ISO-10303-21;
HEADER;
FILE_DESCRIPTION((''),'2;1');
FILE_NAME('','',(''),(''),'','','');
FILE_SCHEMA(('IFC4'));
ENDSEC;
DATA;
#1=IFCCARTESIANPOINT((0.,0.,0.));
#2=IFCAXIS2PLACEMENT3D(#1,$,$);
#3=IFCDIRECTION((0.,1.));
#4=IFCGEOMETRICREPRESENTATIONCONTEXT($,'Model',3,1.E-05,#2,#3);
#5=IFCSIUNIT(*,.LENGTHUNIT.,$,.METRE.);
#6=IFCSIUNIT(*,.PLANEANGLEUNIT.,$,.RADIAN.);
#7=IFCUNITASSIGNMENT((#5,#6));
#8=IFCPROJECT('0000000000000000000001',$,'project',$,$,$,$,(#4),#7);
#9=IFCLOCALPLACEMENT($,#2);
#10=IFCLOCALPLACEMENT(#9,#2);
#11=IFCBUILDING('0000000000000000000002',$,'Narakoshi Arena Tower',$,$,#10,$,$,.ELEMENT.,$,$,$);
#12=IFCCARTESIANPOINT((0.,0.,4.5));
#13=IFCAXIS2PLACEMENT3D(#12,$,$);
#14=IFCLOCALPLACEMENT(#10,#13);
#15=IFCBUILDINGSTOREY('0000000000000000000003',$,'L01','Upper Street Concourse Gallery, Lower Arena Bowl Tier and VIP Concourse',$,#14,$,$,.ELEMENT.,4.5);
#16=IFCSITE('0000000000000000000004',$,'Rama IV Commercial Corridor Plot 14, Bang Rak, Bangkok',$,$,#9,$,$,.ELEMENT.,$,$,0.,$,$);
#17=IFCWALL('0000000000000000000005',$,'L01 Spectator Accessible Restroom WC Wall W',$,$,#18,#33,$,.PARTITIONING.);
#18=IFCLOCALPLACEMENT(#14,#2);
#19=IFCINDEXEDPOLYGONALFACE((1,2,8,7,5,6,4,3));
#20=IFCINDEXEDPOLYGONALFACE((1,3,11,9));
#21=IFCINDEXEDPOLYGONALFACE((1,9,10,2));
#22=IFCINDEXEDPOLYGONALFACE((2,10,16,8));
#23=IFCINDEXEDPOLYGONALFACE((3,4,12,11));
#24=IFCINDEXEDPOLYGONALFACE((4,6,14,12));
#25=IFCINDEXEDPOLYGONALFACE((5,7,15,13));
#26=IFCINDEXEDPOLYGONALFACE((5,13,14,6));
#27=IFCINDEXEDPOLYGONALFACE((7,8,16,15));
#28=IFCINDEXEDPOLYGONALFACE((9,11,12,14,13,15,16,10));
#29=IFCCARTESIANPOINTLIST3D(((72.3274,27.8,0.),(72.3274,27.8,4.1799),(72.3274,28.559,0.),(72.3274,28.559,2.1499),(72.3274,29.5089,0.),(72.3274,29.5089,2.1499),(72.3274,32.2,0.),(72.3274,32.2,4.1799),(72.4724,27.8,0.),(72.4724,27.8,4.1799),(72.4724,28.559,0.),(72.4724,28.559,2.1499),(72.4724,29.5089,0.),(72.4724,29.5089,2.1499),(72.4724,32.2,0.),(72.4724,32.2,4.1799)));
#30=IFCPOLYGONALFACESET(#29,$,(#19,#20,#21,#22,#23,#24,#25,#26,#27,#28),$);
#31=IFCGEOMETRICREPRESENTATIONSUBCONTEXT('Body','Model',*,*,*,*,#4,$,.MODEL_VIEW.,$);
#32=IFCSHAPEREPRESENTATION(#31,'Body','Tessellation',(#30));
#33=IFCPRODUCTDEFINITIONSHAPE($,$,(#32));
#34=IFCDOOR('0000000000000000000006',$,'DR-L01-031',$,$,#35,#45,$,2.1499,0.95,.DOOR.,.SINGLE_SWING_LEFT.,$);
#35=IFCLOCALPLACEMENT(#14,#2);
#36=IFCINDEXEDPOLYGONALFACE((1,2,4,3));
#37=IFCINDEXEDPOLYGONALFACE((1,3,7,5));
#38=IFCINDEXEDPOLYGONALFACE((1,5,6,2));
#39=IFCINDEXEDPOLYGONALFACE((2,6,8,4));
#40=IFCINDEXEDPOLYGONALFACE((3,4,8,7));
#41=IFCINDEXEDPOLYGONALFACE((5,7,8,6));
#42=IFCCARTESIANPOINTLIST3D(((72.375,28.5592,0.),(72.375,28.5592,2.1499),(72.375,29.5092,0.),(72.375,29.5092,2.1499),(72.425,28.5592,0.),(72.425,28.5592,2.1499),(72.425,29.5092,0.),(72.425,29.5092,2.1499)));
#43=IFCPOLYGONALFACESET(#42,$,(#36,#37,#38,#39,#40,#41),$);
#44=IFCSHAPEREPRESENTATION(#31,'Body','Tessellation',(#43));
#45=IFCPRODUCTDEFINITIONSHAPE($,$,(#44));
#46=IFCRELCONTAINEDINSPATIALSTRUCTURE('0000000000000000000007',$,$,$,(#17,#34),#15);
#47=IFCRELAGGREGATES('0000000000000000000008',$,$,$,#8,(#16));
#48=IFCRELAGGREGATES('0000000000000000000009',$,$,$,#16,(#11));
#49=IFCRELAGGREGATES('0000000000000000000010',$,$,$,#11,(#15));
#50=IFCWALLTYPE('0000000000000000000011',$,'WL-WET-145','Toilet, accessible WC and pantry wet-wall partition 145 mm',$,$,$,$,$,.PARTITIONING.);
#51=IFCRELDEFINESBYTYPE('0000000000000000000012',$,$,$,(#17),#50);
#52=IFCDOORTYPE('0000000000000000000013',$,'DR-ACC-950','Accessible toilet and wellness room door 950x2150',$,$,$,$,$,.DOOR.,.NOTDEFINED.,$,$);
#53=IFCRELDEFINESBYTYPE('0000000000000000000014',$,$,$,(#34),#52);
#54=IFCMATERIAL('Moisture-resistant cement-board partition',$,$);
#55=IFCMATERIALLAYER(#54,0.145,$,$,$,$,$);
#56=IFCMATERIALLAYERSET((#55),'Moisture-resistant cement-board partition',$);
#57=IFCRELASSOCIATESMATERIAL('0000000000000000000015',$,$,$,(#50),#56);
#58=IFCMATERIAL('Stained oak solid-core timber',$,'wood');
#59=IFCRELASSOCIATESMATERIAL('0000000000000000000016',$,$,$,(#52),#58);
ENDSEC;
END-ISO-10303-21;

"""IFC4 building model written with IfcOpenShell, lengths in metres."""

from ifc_helpers import new_model, si_unit, direction, frame, frame_2d, origin, place, context, subcontext, project, spatial, rectangle, extrude, material, layer, layer_set, type_object, element, fill, save


model = new_model("IFC4")

# Units and contexts
model_context = context("Model", 3, precision=1e-05, world=origin(), true_north=direction((0.0, 1.0)))
body_context = subcontext(model_context, "Body", "Model", "MODEL_VIEW")
ifc_project = project(units=[si_unit("LENGTHUNIT", "METRE"), si_unit("PLANEANGLEUNIT", "RADIAN")], contexts=[model_context])

# Site, building, storey
site_placement = place(None, origin())
site = spatial("IfcSite", under=ifc_project, at=site_placement, Name="Rama IV Commercial Corridor Plot 14, Bang Rak, Bangkok", CompositionType="ELEMENT", RefElevation=0.0)
building_placement = place(site_placement, origin())
building = spatial("IfcBuilding", under=site, at=building_placement, Name="Narakoshi Arena Tower", CompositionType="ELEMENT")
storey_placement = place(building_placement, frame((0.0, 0.0, 4.5)))
storey = spatial("IfcBuildingStorey", under=building, at=storey_placement, Name="L01", Description="Upper Street Concourse Gallery, Lower Arena Bowl Tier and VIP Concourse", CompositionType="ELEMENT", Elevation=4.5)

# Shared definitions
ifc_material_1 = material(Name="Moisture-resistant cement-board partition")
ifc_layer = layer(ifc_material_1, 0.145)
ifc_layer_set = layer_set([ifc_layer], Name="Moisture-resistant cement-board partition")
wall_type = type_object("IfcWallType", Name="WL-WET-145", Description="Toilet, accessible WC and pantry wet-wall partition 145 mm", PredefinedType="PARTITIONING", material=ifc_layer_set)

# Wall, opening, door
wall_1_placement = place(storey_placement, frame((72.3999, 32.2, 0.0), z_axis=(0.0, 0.0, 1.0), x_axis=(0.0, -1.0, 0.0)))
wall_1 = element("IfcWall", 1, at=wall_1_placement, inside=storey, type_object=wall_type, Name="L01 Spectator Accessible Restroom WC Wall W", PredefinedType="PARTITIONING", context=body_context, shape_type="SweptSolid", body=[
    extrude(rectangle(XDim=4.3999, YDim=0.145, at=frame_2d((2.2, 0.0))), origin(), (0.0, 0.0, 1.0), 4.1799),
])
opening_1_placement = place(wall_1_placement, frame((2.6909, 0.0, 0.0)))
opening_1 = element("IfcOpeningElement", 2, at=opening_1_placement, cuts=wall_1, PredefinedType="OPENING", context=body_context, shape_type="SweptSolid", body=[
    extrude(rectangle(XDim=0.95, YDim=2.1499, at=frame_2d((0.4751, 1.075))), frame((0.0, 0.0825, 0.0), z_axis=(0.0, -1.0, 0.0), x_axis=(1.0, 0.0, 0.0)), (0.0, 0.0, 1.0), 0.165),
])
ifc_material_2 = material(Name="Stained oak solid-core timber", Category="wood")
door_type_1 = type_object("IfcDoorType", Name="DR-ACC-950", Description="Accessible toilet and wellness room door 950x2150", OperationType="NOTDEFINED", PredefinedType="DOOR", material=ifc_material_2)
door_1_placement = place(opening_1_placement, frame((0.95, 0.0, 0.0), z_axis=(0.0, 0.0, 1.0), x_axis=(-1.0, 0.0, 0.0)))
door_1 = element("IfcDoor", 3, at=door_1_placement, inside=storey, type_object=door_type_1, Name="DR-L01-031", OperationType="SINGLE_SWING_LEFT", OverallHeight=2.1499, OverallWidth=0.95, PredefinedType="DOOR", context=body_context, shape_type="SweptSolid", body=[
    extrude(rectangle(XDim=0.95, YDim=2.1499, at=frame_2d((0.4751, 1.075))), frame((0.0, 0.0249, 0.0), z_axis=(0.0, -1.0, 0.0), x_axis=(1.0, 0.0, 0.0)), (0.0, 0.0, 1.0), 0.05),
])
fill(opening_1, door_1)

save(model, "model.ifc")
